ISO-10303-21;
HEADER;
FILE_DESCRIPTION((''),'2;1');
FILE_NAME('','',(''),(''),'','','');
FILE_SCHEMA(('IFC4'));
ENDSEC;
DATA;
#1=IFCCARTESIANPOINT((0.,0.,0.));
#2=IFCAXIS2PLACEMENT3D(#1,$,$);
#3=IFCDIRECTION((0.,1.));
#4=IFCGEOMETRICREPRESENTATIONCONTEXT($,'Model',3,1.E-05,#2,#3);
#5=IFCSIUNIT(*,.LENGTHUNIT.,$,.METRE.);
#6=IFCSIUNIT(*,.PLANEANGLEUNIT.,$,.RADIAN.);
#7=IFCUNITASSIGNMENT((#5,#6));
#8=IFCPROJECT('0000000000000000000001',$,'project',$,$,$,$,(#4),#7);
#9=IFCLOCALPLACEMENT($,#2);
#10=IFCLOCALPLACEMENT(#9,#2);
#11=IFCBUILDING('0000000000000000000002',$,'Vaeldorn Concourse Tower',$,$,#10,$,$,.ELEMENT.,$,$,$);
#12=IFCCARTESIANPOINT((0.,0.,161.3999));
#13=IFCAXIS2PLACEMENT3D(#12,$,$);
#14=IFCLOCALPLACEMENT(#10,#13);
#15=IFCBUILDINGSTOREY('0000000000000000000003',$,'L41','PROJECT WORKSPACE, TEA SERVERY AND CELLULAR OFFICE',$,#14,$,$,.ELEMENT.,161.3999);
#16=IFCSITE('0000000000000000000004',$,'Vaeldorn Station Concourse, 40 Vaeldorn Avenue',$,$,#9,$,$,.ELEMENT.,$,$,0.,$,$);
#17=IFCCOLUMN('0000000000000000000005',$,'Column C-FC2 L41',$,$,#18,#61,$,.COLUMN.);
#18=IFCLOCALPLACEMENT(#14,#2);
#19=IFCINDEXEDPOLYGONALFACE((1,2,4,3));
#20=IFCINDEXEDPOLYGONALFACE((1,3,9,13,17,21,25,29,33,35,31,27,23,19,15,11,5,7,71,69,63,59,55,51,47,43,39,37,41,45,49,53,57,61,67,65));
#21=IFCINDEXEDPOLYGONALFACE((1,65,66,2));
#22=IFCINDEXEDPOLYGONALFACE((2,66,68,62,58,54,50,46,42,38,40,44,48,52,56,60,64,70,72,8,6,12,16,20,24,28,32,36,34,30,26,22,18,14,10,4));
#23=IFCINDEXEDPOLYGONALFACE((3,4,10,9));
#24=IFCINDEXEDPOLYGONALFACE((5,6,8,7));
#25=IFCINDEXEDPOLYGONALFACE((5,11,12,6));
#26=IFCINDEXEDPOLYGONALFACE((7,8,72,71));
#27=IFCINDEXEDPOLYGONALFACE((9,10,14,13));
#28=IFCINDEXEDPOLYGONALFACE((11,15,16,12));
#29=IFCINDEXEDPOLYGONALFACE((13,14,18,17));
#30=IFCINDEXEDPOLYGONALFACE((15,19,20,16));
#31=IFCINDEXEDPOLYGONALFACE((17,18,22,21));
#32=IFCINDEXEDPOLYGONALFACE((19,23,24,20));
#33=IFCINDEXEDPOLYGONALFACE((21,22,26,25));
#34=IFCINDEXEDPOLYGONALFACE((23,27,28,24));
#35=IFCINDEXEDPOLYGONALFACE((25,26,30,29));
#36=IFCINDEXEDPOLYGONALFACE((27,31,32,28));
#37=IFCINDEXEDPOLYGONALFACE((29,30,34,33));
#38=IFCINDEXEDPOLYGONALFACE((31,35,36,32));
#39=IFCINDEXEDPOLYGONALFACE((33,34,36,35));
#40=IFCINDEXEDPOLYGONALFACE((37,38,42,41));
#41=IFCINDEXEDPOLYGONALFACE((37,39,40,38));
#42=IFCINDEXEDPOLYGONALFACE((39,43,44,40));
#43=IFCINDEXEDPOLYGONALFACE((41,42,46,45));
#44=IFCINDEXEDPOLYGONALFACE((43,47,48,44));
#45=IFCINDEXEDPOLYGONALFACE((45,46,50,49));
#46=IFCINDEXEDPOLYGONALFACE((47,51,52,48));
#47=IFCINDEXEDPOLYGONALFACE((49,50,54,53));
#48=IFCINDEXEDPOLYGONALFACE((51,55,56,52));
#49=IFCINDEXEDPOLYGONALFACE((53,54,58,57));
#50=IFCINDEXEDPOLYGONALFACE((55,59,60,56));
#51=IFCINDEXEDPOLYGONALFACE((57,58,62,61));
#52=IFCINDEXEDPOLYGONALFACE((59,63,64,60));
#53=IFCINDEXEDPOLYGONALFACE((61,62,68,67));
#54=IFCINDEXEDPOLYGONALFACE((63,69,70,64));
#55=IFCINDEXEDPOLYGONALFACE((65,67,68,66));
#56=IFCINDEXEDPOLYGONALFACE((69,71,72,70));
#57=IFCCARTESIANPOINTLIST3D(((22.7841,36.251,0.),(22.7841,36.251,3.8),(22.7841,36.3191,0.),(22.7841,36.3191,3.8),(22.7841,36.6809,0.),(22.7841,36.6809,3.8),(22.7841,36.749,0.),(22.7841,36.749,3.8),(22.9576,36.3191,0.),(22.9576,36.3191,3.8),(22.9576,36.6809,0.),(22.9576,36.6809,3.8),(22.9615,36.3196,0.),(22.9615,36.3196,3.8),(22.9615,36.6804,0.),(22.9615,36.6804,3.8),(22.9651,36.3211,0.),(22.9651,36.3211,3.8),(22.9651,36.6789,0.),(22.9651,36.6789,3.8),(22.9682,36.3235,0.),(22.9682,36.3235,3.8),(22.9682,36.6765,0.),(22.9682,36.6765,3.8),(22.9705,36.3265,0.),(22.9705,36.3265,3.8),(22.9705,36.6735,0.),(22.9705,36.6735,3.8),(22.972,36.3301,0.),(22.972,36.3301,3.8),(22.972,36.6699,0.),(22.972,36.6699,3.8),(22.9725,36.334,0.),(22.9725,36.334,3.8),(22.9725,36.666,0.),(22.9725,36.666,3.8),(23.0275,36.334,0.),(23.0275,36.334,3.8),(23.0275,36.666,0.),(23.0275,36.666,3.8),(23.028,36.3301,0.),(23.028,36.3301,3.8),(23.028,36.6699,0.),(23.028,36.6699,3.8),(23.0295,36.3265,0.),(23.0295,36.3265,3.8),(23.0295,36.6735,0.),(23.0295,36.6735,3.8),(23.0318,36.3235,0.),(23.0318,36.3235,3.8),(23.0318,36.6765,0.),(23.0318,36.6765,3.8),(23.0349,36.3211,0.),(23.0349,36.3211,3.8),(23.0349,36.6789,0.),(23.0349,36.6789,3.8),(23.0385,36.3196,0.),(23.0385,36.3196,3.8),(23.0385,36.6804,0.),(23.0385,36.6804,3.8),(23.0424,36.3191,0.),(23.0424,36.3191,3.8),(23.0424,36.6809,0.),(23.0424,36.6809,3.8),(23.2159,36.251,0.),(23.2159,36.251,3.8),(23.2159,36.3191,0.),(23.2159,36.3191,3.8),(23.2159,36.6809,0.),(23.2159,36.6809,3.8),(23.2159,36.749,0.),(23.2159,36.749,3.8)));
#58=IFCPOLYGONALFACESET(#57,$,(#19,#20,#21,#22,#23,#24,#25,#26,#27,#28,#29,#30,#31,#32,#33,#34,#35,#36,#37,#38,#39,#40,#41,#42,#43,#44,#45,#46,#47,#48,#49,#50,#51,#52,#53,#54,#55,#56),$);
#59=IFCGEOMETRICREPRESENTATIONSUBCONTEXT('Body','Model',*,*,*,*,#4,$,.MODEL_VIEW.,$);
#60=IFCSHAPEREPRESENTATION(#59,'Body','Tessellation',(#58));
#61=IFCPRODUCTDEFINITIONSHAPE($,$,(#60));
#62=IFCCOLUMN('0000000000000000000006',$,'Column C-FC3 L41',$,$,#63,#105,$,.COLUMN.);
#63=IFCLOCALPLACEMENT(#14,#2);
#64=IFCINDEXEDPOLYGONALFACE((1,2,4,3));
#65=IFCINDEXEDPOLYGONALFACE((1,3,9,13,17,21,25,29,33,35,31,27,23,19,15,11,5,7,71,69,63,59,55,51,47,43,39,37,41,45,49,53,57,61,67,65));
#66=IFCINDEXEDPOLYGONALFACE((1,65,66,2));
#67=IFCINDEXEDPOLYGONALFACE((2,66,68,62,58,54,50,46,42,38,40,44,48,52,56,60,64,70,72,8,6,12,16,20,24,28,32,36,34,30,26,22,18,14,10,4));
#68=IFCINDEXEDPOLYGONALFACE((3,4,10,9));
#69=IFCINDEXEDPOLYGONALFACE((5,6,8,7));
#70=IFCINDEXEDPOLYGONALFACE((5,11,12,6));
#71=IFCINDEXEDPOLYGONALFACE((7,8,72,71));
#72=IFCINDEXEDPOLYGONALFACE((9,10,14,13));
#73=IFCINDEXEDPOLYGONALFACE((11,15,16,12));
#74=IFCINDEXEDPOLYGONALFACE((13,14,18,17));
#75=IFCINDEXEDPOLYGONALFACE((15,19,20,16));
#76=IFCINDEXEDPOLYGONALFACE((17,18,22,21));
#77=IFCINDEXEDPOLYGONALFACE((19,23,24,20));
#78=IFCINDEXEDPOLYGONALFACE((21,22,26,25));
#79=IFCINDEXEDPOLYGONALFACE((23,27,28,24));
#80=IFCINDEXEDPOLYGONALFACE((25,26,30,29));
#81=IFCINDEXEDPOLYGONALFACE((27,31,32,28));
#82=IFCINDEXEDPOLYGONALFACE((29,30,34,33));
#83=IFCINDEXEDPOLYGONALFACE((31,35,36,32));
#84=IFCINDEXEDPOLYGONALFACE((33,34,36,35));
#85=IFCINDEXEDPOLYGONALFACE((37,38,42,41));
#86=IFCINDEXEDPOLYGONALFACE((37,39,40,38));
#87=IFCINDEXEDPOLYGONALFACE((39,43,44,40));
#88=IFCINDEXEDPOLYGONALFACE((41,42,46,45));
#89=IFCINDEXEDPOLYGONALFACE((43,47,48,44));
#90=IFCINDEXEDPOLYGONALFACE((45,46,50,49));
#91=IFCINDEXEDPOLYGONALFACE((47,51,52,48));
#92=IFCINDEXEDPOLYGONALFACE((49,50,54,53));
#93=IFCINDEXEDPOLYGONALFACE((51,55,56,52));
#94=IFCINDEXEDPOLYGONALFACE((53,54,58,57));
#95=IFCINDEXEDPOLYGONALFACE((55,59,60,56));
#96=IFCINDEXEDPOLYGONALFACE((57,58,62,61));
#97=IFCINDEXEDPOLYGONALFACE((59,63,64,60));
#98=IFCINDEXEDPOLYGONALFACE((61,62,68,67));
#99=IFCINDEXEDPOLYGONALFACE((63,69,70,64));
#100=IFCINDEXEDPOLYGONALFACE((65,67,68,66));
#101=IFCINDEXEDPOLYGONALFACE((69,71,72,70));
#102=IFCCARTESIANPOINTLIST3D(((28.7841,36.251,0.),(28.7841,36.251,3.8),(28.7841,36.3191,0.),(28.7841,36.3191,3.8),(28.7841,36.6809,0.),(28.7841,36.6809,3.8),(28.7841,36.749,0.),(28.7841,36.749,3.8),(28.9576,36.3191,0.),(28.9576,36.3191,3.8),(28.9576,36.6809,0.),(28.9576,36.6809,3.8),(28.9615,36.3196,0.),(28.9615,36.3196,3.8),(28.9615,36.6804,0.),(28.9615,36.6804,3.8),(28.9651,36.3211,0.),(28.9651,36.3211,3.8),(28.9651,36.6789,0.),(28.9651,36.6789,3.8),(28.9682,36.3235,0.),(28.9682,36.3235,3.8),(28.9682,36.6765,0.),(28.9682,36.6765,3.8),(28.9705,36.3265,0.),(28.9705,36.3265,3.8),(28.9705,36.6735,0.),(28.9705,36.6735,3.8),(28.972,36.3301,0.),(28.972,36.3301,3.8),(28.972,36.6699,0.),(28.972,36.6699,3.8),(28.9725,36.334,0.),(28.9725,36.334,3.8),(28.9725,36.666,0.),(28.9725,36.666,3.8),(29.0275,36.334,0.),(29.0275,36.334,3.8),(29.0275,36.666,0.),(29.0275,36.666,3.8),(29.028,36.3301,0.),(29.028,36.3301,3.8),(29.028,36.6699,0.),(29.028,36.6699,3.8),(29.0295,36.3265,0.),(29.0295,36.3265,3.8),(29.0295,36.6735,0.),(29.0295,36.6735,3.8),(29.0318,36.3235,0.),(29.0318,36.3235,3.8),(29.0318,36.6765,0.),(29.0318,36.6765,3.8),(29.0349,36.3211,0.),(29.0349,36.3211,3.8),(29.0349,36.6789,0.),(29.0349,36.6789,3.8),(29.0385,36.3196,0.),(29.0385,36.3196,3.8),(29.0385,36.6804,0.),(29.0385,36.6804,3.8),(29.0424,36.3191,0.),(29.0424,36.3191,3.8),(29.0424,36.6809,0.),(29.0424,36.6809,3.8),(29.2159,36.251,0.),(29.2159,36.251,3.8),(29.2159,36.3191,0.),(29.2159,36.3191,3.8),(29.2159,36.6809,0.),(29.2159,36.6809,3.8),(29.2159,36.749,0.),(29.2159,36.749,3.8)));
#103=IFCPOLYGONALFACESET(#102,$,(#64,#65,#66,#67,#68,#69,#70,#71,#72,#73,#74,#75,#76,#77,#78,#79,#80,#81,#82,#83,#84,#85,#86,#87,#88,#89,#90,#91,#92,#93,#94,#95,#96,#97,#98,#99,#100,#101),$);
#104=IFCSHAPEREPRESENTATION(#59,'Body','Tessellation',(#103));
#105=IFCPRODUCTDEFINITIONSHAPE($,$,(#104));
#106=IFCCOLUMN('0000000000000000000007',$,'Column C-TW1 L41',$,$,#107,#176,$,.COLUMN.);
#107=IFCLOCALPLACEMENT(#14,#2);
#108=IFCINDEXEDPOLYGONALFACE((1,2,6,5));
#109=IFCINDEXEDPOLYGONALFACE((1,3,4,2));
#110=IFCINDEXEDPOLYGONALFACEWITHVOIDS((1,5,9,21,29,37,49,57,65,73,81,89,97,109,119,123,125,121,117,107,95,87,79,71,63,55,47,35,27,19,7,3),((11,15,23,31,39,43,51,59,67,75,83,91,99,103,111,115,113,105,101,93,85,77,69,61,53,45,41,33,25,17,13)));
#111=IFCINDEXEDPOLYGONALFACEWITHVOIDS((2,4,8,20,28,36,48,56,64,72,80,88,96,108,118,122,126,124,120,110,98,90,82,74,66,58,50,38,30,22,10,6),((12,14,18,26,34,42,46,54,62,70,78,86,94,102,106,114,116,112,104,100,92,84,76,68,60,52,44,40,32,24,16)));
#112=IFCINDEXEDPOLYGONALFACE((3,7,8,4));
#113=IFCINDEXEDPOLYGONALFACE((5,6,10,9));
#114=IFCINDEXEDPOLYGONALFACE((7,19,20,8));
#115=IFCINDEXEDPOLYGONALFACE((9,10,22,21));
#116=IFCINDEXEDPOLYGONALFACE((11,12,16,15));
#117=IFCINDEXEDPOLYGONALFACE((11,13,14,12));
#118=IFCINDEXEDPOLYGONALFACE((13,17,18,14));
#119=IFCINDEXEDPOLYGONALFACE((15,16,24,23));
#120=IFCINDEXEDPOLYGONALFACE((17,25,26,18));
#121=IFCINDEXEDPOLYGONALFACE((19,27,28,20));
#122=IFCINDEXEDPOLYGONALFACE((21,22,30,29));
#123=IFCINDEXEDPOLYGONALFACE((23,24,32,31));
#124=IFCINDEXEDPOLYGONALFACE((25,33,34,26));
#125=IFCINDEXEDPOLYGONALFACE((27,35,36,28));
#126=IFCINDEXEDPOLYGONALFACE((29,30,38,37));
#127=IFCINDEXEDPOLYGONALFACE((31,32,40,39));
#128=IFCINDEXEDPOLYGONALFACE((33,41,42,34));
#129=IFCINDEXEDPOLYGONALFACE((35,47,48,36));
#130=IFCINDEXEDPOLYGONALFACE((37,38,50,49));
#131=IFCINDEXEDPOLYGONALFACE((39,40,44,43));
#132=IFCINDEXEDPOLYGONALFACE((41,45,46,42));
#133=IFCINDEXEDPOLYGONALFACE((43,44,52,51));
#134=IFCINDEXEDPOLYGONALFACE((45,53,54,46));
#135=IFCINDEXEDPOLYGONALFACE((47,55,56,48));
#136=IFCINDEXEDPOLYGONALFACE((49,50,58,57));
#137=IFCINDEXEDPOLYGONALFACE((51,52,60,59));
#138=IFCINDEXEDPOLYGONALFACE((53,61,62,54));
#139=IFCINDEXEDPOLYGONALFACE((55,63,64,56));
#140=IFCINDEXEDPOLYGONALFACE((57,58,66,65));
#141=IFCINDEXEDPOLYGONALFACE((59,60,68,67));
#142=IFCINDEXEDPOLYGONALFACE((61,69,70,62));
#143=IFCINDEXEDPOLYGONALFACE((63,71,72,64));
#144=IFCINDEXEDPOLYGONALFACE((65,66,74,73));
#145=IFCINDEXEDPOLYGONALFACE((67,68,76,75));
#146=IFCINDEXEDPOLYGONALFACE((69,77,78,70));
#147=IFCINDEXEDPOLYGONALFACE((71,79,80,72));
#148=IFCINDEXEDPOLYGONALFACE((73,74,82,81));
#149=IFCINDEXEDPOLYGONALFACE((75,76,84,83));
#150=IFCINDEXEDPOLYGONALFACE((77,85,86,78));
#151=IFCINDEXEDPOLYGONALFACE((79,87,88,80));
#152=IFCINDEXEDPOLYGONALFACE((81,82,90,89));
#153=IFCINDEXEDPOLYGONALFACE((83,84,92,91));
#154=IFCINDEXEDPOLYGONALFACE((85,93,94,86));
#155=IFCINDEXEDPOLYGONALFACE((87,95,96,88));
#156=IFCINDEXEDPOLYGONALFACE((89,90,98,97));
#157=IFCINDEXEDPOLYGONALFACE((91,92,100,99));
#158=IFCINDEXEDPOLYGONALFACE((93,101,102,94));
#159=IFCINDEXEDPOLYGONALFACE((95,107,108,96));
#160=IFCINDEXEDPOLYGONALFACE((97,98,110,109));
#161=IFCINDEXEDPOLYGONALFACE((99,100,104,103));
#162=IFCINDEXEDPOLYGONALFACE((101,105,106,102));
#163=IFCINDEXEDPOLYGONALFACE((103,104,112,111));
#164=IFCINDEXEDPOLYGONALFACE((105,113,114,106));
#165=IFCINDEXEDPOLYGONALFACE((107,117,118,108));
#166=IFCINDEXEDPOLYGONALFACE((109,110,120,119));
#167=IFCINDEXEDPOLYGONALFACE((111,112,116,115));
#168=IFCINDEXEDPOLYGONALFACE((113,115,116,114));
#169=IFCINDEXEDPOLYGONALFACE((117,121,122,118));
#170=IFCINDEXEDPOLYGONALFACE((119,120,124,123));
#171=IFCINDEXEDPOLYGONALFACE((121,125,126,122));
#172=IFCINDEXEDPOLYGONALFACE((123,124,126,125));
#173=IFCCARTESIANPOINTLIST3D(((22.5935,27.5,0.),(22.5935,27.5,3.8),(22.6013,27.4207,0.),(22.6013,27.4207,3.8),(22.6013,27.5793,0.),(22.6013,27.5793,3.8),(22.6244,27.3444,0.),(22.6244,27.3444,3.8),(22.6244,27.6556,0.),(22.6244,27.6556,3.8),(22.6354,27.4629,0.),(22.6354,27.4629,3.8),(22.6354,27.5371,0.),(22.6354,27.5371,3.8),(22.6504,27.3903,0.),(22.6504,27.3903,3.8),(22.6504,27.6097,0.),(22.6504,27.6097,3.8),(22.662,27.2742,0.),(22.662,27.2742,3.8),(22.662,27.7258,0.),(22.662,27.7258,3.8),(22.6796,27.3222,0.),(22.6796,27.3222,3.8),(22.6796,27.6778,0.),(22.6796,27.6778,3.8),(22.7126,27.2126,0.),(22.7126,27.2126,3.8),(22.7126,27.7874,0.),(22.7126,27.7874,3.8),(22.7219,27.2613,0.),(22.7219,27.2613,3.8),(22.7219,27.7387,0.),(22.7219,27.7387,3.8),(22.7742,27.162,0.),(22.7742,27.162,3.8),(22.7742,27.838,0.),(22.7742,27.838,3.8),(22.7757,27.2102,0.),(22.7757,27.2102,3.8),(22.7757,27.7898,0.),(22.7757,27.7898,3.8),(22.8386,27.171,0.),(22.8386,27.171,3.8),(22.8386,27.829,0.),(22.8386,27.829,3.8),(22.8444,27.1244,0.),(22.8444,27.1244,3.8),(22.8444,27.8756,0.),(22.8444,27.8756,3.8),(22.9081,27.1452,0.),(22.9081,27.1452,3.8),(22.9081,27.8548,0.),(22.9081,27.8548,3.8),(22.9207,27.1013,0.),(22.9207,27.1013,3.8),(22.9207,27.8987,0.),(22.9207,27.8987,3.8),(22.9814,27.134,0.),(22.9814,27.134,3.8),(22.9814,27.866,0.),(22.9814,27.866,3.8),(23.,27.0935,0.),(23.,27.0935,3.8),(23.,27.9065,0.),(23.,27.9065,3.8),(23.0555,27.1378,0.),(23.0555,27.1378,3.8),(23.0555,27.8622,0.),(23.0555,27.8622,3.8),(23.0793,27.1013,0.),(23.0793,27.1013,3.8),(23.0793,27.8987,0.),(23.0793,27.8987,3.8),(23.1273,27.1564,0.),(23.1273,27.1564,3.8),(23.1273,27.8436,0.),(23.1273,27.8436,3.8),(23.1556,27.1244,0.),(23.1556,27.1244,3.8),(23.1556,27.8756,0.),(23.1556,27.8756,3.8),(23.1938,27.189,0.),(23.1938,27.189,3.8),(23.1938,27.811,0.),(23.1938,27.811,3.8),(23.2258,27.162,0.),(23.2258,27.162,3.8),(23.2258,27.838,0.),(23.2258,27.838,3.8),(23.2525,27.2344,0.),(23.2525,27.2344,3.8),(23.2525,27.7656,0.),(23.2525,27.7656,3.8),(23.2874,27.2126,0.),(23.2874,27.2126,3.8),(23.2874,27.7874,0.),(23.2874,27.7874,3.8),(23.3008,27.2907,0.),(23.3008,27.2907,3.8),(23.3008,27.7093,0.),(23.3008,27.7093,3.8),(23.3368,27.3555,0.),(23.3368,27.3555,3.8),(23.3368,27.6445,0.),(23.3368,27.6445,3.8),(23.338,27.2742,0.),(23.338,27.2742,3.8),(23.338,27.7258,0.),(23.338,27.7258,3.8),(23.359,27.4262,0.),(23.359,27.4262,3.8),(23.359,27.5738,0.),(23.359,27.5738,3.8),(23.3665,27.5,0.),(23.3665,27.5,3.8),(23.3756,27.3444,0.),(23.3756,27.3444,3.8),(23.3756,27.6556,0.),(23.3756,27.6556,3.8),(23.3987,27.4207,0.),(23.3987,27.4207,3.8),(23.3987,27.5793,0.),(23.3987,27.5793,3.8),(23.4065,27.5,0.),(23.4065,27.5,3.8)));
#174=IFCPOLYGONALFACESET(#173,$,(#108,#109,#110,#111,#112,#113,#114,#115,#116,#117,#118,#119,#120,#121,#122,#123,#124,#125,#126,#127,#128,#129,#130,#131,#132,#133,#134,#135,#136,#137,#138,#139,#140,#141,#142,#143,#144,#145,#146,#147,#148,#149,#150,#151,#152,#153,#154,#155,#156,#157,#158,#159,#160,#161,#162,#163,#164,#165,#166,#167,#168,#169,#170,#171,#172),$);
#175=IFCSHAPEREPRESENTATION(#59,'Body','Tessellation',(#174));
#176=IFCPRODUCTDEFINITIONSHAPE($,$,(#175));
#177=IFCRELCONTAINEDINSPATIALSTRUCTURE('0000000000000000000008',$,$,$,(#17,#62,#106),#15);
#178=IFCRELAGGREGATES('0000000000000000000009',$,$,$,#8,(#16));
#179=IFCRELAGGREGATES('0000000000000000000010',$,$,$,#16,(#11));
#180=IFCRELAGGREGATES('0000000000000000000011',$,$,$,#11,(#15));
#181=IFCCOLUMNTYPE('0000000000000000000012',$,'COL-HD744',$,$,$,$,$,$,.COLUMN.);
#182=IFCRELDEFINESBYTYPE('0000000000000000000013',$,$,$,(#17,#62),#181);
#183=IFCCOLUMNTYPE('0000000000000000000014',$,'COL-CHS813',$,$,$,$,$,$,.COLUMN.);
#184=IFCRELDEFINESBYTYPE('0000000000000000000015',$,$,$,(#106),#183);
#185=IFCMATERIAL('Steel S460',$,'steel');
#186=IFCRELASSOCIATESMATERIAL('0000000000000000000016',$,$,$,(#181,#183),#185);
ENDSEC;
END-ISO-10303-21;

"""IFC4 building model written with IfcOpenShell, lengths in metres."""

from ifc_helpers import new_model, si_unit, direction, frame, origin, origin_2d, place, context, subcontext, project, spatial, hollow_circle, i_section, extrude, source, transform, mapped, material, material_profile, profile_set, type_object, element, save


model = new_model("IFC4")

# Units and contexts
model_context = context("Model", 3, precision=1e-05, world=origin(), true_north=direction((0.0, 1.0)))
body_context = subcontext(model_context, "Body", "Model", "MODEL_VIEW")
ifc_project = project(units=[si_unit("LENGTHUNIT", "METRE"), si_unit("PLANEANGLEUNIT", "RADIAN")], contexts=[model_context])

# Site, building, storey
site_placement = place(None, origin())
site = spatial("IfcSite", under=ifc_project, at=site_placement, Name="Vaeldorn Station Concourse, 40 Vaeldorn Avenue", CompositionType="ELEMENT", RefElevation=0.0)
building_placement = place(site_placement, origin())
building = spatial("IfcBuilding", under=site, at=building_placement, Name="Vaeldorn Concourse Tower", CompositionType="ELEMENT")
storey_placement = place(building_placement, frame((0.0, 0.0, 161.3999)))
storey = spatial("IfcBuildingStorey", under=building, at=storey_placement, Name="L41", Description="PROJECT WORKSPACE, TEA SERVERY AND CELLULAR OFFICE", CompositionType="ELEMENT", Elevation=161.3999)

# Columns
ifc_material_1 = material(Name="Steel S460", Category="steel")
ifc_material_profile_1 = material_profile(ifc_material_1, i_section(OverallWidth=0.4319, OverallDepth=0.498, WebThickness=0.0549, FlangeThickness=0.0681, FilletRadius=0.0149, at=origin_2d()), Name="HD 400x744")
ifc_profile_set_1 = profile_set([ifc_material_profile_1], Name="Steel S460")
column_type_1 = type_object("IfcColumnType", Name="COL-HD744", PredefinedType="COLUMN", material=ifc_profile_set_1)
shared_shape_1 = source(origin(), body_context, "Body", "SweptSolid", [
    extrude(i_section(OverallWidth=0.4319, OverallDepth=0.498, WebThickness=0.0549, FlangeThickness=0.0681, FilletRadius=0.0149, at=origin_2d()), origin(), (0.0, 0.0, 1.0), 3.8),
])
for number, where, z_axis, x_axis, name in (
    (1, (23.0, 36.5, 0.0), (0.0, 0.0, 1.0), (1.0, 0.0, 0.0), "Column C-FC2 L41"),
    (2, (29.0, 36.5, 0.0), (0.0, 0.0, 1.0), (1.0, 0.0, 0.0), "Column C-FC3 L41"),
):
    element("IfcColumn", number, at=place(storey_placement, frame(where, z_axis=z_axis, x_axis=x_axis)), inside=storey, type_object=column_type_1, Name=name, PredefinedType="COLUMN", context=body_context, shape_type="MappedRepresentation", body=[
        mapped(shared_shape_1, transform((0.0, 0.0, 0.0), scale=1.0)),
    ])
ifc_material_profile_2 = material_profile(ifc_material_1, hollow_circle(Radius=0.4065, WallThickness=0.04, at=origin_2d()), Name="CHS 813x40")
ifc_profile_set_2 = profile_set([ifc_material_profile_2], Name="Steel S460")
column_type_2 = type_object("IfcColumnType", Name="COL-CHS813", PredefinedType="COLUMN", material=ifc_profile_set_2)
shared_shape_2 = source(origin(), body_context, "Body", "SweptSolid", [
    extrude(hollow_circle(Radius=0.4065, WallThickness=0.04, at=origin_2d()), origin(), (0.0, 0.0, 1.0), 3.8),
])
column_1_placement = place(storey_placement, frame((23.0, 27.5, 0.0), z_axis=(0.0, 0.0, 1.0), x_axis=(1.0, 0.0, 0.0)))
element("IfcColumn", 3, at=column_1_placement, inside=storey, type_object=column_type_2, Name="Column C-TW1 L41", PredefinedType="COLUMN", context=body_context, shape_type="MappedRepresentation", body=[
    mapped(shared_shape_2, transform((0.0, 0.0, 0.0), scale=1.0)),
])

save(model, "model.ifc")
